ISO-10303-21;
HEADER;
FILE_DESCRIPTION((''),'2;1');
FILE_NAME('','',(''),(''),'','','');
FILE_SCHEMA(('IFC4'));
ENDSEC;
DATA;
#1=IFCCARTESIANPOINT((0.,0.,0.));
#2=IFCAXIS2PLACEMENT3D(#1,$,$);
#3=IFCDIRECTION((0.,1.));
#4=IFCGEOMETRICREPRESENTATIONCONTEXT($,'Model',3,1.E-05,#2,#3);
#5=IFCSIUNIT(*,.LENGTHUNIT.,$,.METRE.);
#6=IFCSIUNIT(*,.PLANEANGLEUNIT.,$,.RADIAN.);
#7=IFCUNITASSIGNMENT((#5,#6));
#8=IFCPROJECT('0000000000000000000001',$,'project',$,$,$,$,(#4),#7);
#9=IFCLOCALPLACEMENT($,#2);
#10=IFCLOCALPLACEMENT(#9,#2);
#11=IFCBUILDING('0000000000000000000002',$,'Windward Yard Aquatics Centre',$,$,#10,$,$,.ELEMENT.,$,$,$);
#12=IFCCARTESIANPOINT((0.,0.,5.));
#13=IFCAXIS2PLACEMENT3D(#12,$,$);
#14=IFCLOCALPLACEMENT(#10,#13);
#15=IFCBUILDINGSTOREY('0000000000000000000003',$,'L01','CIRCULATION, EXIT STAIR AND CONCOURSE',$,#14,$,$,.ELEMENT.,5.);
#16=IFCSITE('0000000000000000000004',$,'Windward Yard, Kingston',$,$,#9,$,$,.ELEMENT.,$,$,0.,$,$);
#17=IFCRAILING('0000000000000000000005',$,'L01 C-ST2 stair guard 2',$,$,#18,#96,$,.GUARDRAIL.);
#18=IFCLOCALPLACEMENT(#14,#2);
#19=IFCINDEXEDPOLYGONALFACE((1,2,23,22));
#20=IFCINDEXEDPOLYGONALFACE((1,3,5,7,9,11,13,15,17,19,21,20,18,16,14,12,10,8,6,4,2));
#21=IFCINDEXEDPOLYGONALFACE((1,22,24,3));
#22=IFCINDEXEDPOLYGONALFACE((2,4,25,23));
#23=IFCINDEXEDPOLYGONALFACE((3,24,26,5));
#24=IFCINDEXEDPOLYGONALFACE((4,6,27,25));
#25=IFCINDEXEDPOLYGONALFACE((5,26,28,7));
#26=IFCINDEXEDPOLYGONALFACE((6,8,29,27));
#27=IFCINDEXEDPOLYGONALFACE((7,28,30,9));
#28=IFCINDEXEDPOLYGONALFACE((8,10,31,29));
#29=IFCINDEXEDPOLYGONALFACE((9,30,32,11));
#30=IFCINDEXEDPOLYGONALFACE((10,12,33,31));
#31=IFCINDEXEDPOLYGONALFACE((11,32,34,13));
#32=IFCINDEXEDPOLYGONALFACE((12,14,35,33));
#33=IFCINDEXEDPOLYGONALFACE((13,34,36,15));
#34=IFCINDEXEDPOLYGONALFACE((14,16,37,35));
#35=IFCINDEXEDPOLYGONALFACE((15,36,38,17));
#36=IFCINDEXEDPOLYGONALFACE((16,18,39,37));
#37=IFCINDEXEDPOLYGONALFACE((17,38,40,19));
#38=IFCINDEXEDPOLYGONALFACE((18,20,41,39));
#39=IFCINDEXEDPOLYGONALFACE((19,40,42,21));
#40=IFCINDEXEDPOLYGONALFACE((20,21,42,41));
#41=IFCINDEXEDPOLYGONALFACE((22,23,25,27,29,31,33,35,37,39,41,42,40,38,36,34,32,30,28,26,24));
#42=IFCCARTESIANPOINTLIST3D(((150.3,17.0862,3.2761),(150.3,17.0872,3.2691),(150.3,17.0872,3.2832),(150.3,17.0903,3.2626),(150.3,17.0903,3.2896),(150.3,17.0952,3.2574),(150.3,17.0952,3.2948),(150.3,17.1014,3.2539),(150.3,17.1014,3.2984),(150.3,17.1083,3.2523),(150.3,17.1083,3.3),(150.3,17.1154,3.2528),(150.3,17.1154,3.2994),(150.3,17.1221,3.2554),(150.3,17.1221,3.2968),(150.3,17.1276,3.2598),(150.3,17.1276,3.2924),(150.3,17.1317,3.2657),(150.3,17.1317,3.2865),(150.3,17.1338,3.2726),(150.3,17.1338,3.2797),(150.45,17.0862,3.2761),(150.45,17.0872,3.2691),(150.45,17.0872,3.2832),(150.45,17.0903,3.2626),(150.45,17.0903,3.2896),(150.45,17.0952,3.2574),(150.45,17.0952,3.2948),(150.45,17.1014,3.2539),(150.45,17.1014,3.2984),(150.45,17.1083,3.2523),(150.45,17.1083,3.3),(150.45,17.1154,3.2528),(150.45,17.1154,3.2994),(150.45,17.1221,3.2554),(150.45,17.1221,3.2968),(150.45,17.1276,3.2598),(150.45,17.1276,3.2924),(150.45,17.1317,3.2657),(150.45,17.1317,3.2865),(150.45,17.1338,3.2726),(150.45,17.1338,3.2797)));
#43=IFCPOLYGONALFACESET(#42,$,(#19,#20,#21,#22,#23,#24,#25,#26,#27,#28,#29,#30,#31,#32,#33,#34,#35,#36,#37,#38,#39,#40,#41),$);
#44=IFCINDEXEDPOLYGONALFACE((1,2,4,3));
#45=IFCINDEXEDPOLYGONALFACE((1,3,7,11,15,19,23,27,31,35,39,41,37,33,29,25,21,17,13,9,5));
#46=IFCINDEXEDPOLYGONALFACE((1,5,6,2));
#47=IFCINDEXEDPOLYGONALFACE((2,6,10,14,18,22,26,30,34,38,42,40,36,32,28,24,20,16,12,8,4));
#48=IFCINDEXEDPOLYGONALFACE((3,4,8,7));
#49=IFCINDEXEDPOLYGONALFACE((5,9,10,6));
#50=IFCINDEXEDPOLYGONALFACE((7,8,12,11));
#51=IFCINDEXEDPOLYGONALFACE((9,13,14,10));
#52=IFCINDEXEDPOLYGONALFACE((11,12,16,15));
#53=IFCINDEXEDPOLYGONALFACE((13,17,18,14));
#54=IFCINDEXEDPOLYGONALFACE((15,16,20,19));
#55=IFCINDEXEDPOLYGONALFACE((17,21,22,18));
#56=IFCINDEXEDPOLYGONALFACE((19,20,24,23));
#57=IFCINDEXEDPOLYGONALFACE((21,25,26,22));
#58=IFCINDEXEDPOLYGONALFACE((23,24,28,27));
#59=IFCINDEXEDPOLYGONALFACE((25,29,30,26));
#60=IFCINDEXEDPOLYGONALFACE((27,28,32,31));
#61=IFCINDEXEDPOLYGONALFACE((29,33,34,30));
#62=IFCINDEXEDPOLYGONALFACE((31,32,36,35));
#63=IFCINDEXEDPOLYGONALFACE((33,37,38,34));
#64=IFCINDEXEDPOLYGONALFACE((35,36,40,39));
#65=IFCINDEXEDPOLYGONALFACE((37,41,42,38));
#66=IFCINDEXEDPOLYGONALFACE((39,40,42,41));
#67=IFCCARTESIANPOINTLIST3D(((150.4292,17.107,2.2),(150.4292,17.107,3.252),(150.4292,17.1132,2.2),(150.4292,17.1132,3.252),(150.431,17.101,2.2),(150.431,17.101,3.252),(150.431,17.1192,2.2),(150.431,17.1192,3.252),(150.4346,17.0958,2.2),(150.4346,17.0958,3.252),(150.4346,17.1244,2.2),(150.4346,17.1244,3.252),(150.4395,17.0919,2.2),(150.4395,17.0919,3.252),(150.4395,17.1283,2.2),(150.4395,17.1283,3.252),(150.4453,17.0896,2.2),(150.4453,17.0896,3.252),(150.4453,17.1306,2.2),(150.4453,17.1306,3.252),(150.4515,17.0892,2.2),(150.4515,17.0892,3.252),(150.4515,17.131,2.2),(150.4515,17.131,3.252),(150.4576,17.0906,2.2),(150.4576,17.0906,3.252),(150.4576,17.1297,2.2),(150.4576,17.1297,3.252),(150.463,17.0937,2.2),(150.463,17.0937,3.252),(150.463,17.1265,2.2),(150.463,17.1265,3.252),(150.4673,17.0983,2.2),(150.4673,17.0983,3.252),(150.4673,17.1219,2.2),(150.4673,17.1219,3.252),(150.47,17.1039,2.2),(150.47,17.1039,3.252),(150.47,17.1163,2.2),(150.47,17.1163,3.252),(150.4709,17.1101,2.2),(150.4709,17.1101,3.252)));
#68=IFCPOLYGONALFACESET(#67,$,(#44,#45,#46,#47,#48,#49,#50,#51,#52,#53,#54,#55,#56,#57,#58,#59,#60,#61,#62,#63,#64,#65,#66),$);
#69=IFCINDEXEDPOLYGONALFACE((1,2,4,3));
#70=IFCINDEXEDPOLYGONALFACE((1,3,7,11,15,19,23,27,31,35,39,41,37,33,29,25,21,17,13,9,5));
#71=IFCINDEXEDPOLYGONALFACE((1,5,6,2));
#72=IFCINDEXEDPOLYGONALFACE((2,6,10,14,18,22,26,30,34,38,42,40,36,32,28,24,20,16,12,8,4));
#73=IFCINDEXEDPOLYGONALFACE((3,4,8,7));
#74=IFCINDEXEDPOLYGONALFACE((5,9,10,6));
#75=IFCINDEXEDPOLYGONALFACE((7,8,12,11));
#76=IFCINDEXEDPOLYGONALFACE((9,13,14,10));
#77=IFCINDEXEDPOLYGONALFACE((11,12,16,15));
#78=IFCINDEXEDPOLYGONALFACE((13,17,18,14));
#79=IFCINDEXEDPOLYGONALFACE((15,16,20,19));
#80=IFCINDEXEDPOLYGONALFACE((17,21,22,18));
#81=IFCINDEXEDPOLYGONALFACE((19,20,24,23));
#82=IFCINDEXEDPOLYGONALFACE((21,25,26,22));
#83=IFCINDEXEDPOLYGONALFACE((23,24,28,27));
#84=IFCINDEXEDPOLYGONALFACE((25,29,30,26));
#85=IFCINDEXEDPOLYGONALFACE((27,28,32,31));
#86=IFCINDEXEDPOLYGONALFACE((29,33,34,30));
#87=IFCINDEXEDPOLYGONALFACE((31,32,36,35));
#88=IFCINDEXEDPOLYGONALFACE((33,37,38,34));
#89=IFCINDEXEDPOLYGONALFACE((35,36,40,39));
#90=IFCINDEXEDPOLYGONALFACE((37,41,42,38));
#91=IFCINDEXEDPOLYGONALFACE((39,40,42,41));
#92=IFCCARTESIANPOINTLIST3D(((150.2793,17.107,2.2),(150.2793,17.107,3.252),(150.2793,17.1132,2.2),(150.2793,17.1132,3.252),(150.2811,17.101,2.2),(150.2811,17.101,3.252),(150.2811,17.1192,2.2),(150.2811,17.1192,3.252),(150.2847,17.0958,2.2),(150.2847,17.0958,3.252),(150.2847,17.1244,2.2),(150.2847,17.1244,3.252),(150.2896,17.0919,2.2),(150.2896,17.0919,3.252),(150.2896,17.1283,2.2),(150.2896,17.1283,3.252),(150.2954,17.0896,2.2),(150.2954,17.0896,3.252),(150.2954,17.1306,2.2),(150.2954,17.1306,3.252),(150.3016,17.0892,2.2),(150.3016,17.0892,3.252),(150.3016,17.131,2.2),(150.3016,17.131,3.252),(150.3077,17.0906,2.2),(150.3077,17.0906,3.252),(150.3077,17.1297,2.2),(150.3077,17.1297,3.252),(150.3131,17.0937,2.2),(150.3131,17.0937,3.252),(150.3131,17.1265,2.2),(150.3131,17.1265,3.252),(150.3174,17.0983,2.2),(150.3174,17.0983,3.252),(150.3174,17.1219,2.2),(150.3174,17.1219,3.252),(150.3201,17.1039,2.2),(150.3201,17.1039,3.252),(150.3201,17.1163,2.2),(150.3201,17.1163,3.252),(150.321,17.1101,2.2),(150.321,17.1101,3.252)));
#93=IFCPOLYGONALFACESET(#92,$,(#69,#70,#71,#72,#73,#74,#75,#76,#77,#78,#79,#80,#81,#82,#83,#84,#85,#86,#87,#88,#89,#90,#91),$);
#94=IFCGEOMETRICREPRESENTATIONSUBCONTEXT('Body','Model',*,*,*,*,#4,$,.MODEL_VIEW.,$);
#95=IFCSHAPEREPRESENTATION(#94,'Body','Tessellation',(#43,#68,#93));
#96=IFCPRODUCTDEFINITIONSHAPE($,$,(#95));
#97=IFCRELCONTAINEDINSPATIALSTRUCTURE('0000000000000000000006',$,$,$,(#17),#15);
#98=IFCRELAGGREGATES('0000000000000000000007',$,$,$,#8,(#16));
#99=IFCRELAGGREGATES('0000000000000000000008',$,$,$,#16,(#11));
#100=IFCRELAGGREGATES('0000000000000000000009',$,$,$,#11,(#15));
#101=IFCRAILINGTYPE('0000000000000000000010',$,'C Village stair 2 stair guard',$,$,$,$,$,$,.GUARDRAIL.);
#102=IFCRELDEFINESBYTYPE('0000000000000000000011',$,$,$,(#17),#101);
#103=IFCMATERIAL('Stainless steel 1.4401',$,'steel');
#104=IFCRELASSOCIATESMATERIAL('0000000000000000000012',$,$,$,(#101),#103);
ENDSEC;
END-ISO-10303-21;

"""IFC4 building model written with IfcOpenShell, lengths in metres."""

from ifc_helpers import new_model, si_unit, direction, frame, origin, origin_2d, place, context, subcontext, project, spatial, circle, extrude, material, type_object, element, save


model = new_model("IFC4")

# Units and contexts
model_context = context("Model", 3, precision=1e-05, world=origin(), true_north=direction((0.0, 1.0)))
body_context = subcontext(model_context, "Body", "Model", "MODEL_VIEW")
ifc_project = project(units=[si_unit("LENGTHUNIT", "METRE"), si_unit("PLANEANGLEUNIT", "RADIAN")], contexts=[model_context])

# Site, building, storey
site_placement = place(None, origin())
site = spatial("IfcSite", under=ifc_project, at=site_placement, Name="Windward Yard, Kingston", CompositionType="ELEMENT", RefElevation=0.0)
building_placement = place(site_placement, origin())
building = spatial("IfcBuilding", under=site, at=building_placement, Name="Windward Yard Aquatics Centre", CompositionType="ELEMENT")
storey_placement = place(building_placement, frame((0.0, 0.0, 5.0)))
storey = spatial("IfcBuildingStorey", under=building, at=storey_placement, Name="L01", Description="CIRCULATION, EXIT STAIR AND CONCOURSE", CompositionType="ELEMENT", Elevation=5.0)

# Railing
ifc_material_1 = material(Name="Stainless steel 1.4401", Category="steel")
railing_type_1 = type_object("IfcRailingType", Name="C Village stair 2 stair guard", PredefinedType="GUARDRAIL", material=ifc_material_1)
railing_1_placement = place(storey_placement, frame((150.45, 17.1101, 2.2)))
element("IfcRailing", 1, at=railing_1_placement, inside=storey, type_object=railing_type_1, Name="L01 C-ST2 stair guard 2", PredefinedType="GUARDRAIL", context=body_context, shape_type="SweptSolid", body=[
    extrude(circle(Radius=0.0239, at=origin_2d()), frame((0.0, 0.0, 1.0762), z_axis=(-1.0, 0.0, 0.0), x_axis=(0.0, -1.0, 0.0)), (0.0, 0.0, 1.0), 0.1499),
    extrude(circle(Radius=0.021, at=origin_2d()), origin(), (0.0, 0.0, 1.0), 1.052),
    extrude(circle(Radius=0.021, at=origin_2d()), frame((-0.1499, 0.0, 0.0)), (0.0, 0.0, 1.0), 1.052),
])

save(model, "model.ifc")
